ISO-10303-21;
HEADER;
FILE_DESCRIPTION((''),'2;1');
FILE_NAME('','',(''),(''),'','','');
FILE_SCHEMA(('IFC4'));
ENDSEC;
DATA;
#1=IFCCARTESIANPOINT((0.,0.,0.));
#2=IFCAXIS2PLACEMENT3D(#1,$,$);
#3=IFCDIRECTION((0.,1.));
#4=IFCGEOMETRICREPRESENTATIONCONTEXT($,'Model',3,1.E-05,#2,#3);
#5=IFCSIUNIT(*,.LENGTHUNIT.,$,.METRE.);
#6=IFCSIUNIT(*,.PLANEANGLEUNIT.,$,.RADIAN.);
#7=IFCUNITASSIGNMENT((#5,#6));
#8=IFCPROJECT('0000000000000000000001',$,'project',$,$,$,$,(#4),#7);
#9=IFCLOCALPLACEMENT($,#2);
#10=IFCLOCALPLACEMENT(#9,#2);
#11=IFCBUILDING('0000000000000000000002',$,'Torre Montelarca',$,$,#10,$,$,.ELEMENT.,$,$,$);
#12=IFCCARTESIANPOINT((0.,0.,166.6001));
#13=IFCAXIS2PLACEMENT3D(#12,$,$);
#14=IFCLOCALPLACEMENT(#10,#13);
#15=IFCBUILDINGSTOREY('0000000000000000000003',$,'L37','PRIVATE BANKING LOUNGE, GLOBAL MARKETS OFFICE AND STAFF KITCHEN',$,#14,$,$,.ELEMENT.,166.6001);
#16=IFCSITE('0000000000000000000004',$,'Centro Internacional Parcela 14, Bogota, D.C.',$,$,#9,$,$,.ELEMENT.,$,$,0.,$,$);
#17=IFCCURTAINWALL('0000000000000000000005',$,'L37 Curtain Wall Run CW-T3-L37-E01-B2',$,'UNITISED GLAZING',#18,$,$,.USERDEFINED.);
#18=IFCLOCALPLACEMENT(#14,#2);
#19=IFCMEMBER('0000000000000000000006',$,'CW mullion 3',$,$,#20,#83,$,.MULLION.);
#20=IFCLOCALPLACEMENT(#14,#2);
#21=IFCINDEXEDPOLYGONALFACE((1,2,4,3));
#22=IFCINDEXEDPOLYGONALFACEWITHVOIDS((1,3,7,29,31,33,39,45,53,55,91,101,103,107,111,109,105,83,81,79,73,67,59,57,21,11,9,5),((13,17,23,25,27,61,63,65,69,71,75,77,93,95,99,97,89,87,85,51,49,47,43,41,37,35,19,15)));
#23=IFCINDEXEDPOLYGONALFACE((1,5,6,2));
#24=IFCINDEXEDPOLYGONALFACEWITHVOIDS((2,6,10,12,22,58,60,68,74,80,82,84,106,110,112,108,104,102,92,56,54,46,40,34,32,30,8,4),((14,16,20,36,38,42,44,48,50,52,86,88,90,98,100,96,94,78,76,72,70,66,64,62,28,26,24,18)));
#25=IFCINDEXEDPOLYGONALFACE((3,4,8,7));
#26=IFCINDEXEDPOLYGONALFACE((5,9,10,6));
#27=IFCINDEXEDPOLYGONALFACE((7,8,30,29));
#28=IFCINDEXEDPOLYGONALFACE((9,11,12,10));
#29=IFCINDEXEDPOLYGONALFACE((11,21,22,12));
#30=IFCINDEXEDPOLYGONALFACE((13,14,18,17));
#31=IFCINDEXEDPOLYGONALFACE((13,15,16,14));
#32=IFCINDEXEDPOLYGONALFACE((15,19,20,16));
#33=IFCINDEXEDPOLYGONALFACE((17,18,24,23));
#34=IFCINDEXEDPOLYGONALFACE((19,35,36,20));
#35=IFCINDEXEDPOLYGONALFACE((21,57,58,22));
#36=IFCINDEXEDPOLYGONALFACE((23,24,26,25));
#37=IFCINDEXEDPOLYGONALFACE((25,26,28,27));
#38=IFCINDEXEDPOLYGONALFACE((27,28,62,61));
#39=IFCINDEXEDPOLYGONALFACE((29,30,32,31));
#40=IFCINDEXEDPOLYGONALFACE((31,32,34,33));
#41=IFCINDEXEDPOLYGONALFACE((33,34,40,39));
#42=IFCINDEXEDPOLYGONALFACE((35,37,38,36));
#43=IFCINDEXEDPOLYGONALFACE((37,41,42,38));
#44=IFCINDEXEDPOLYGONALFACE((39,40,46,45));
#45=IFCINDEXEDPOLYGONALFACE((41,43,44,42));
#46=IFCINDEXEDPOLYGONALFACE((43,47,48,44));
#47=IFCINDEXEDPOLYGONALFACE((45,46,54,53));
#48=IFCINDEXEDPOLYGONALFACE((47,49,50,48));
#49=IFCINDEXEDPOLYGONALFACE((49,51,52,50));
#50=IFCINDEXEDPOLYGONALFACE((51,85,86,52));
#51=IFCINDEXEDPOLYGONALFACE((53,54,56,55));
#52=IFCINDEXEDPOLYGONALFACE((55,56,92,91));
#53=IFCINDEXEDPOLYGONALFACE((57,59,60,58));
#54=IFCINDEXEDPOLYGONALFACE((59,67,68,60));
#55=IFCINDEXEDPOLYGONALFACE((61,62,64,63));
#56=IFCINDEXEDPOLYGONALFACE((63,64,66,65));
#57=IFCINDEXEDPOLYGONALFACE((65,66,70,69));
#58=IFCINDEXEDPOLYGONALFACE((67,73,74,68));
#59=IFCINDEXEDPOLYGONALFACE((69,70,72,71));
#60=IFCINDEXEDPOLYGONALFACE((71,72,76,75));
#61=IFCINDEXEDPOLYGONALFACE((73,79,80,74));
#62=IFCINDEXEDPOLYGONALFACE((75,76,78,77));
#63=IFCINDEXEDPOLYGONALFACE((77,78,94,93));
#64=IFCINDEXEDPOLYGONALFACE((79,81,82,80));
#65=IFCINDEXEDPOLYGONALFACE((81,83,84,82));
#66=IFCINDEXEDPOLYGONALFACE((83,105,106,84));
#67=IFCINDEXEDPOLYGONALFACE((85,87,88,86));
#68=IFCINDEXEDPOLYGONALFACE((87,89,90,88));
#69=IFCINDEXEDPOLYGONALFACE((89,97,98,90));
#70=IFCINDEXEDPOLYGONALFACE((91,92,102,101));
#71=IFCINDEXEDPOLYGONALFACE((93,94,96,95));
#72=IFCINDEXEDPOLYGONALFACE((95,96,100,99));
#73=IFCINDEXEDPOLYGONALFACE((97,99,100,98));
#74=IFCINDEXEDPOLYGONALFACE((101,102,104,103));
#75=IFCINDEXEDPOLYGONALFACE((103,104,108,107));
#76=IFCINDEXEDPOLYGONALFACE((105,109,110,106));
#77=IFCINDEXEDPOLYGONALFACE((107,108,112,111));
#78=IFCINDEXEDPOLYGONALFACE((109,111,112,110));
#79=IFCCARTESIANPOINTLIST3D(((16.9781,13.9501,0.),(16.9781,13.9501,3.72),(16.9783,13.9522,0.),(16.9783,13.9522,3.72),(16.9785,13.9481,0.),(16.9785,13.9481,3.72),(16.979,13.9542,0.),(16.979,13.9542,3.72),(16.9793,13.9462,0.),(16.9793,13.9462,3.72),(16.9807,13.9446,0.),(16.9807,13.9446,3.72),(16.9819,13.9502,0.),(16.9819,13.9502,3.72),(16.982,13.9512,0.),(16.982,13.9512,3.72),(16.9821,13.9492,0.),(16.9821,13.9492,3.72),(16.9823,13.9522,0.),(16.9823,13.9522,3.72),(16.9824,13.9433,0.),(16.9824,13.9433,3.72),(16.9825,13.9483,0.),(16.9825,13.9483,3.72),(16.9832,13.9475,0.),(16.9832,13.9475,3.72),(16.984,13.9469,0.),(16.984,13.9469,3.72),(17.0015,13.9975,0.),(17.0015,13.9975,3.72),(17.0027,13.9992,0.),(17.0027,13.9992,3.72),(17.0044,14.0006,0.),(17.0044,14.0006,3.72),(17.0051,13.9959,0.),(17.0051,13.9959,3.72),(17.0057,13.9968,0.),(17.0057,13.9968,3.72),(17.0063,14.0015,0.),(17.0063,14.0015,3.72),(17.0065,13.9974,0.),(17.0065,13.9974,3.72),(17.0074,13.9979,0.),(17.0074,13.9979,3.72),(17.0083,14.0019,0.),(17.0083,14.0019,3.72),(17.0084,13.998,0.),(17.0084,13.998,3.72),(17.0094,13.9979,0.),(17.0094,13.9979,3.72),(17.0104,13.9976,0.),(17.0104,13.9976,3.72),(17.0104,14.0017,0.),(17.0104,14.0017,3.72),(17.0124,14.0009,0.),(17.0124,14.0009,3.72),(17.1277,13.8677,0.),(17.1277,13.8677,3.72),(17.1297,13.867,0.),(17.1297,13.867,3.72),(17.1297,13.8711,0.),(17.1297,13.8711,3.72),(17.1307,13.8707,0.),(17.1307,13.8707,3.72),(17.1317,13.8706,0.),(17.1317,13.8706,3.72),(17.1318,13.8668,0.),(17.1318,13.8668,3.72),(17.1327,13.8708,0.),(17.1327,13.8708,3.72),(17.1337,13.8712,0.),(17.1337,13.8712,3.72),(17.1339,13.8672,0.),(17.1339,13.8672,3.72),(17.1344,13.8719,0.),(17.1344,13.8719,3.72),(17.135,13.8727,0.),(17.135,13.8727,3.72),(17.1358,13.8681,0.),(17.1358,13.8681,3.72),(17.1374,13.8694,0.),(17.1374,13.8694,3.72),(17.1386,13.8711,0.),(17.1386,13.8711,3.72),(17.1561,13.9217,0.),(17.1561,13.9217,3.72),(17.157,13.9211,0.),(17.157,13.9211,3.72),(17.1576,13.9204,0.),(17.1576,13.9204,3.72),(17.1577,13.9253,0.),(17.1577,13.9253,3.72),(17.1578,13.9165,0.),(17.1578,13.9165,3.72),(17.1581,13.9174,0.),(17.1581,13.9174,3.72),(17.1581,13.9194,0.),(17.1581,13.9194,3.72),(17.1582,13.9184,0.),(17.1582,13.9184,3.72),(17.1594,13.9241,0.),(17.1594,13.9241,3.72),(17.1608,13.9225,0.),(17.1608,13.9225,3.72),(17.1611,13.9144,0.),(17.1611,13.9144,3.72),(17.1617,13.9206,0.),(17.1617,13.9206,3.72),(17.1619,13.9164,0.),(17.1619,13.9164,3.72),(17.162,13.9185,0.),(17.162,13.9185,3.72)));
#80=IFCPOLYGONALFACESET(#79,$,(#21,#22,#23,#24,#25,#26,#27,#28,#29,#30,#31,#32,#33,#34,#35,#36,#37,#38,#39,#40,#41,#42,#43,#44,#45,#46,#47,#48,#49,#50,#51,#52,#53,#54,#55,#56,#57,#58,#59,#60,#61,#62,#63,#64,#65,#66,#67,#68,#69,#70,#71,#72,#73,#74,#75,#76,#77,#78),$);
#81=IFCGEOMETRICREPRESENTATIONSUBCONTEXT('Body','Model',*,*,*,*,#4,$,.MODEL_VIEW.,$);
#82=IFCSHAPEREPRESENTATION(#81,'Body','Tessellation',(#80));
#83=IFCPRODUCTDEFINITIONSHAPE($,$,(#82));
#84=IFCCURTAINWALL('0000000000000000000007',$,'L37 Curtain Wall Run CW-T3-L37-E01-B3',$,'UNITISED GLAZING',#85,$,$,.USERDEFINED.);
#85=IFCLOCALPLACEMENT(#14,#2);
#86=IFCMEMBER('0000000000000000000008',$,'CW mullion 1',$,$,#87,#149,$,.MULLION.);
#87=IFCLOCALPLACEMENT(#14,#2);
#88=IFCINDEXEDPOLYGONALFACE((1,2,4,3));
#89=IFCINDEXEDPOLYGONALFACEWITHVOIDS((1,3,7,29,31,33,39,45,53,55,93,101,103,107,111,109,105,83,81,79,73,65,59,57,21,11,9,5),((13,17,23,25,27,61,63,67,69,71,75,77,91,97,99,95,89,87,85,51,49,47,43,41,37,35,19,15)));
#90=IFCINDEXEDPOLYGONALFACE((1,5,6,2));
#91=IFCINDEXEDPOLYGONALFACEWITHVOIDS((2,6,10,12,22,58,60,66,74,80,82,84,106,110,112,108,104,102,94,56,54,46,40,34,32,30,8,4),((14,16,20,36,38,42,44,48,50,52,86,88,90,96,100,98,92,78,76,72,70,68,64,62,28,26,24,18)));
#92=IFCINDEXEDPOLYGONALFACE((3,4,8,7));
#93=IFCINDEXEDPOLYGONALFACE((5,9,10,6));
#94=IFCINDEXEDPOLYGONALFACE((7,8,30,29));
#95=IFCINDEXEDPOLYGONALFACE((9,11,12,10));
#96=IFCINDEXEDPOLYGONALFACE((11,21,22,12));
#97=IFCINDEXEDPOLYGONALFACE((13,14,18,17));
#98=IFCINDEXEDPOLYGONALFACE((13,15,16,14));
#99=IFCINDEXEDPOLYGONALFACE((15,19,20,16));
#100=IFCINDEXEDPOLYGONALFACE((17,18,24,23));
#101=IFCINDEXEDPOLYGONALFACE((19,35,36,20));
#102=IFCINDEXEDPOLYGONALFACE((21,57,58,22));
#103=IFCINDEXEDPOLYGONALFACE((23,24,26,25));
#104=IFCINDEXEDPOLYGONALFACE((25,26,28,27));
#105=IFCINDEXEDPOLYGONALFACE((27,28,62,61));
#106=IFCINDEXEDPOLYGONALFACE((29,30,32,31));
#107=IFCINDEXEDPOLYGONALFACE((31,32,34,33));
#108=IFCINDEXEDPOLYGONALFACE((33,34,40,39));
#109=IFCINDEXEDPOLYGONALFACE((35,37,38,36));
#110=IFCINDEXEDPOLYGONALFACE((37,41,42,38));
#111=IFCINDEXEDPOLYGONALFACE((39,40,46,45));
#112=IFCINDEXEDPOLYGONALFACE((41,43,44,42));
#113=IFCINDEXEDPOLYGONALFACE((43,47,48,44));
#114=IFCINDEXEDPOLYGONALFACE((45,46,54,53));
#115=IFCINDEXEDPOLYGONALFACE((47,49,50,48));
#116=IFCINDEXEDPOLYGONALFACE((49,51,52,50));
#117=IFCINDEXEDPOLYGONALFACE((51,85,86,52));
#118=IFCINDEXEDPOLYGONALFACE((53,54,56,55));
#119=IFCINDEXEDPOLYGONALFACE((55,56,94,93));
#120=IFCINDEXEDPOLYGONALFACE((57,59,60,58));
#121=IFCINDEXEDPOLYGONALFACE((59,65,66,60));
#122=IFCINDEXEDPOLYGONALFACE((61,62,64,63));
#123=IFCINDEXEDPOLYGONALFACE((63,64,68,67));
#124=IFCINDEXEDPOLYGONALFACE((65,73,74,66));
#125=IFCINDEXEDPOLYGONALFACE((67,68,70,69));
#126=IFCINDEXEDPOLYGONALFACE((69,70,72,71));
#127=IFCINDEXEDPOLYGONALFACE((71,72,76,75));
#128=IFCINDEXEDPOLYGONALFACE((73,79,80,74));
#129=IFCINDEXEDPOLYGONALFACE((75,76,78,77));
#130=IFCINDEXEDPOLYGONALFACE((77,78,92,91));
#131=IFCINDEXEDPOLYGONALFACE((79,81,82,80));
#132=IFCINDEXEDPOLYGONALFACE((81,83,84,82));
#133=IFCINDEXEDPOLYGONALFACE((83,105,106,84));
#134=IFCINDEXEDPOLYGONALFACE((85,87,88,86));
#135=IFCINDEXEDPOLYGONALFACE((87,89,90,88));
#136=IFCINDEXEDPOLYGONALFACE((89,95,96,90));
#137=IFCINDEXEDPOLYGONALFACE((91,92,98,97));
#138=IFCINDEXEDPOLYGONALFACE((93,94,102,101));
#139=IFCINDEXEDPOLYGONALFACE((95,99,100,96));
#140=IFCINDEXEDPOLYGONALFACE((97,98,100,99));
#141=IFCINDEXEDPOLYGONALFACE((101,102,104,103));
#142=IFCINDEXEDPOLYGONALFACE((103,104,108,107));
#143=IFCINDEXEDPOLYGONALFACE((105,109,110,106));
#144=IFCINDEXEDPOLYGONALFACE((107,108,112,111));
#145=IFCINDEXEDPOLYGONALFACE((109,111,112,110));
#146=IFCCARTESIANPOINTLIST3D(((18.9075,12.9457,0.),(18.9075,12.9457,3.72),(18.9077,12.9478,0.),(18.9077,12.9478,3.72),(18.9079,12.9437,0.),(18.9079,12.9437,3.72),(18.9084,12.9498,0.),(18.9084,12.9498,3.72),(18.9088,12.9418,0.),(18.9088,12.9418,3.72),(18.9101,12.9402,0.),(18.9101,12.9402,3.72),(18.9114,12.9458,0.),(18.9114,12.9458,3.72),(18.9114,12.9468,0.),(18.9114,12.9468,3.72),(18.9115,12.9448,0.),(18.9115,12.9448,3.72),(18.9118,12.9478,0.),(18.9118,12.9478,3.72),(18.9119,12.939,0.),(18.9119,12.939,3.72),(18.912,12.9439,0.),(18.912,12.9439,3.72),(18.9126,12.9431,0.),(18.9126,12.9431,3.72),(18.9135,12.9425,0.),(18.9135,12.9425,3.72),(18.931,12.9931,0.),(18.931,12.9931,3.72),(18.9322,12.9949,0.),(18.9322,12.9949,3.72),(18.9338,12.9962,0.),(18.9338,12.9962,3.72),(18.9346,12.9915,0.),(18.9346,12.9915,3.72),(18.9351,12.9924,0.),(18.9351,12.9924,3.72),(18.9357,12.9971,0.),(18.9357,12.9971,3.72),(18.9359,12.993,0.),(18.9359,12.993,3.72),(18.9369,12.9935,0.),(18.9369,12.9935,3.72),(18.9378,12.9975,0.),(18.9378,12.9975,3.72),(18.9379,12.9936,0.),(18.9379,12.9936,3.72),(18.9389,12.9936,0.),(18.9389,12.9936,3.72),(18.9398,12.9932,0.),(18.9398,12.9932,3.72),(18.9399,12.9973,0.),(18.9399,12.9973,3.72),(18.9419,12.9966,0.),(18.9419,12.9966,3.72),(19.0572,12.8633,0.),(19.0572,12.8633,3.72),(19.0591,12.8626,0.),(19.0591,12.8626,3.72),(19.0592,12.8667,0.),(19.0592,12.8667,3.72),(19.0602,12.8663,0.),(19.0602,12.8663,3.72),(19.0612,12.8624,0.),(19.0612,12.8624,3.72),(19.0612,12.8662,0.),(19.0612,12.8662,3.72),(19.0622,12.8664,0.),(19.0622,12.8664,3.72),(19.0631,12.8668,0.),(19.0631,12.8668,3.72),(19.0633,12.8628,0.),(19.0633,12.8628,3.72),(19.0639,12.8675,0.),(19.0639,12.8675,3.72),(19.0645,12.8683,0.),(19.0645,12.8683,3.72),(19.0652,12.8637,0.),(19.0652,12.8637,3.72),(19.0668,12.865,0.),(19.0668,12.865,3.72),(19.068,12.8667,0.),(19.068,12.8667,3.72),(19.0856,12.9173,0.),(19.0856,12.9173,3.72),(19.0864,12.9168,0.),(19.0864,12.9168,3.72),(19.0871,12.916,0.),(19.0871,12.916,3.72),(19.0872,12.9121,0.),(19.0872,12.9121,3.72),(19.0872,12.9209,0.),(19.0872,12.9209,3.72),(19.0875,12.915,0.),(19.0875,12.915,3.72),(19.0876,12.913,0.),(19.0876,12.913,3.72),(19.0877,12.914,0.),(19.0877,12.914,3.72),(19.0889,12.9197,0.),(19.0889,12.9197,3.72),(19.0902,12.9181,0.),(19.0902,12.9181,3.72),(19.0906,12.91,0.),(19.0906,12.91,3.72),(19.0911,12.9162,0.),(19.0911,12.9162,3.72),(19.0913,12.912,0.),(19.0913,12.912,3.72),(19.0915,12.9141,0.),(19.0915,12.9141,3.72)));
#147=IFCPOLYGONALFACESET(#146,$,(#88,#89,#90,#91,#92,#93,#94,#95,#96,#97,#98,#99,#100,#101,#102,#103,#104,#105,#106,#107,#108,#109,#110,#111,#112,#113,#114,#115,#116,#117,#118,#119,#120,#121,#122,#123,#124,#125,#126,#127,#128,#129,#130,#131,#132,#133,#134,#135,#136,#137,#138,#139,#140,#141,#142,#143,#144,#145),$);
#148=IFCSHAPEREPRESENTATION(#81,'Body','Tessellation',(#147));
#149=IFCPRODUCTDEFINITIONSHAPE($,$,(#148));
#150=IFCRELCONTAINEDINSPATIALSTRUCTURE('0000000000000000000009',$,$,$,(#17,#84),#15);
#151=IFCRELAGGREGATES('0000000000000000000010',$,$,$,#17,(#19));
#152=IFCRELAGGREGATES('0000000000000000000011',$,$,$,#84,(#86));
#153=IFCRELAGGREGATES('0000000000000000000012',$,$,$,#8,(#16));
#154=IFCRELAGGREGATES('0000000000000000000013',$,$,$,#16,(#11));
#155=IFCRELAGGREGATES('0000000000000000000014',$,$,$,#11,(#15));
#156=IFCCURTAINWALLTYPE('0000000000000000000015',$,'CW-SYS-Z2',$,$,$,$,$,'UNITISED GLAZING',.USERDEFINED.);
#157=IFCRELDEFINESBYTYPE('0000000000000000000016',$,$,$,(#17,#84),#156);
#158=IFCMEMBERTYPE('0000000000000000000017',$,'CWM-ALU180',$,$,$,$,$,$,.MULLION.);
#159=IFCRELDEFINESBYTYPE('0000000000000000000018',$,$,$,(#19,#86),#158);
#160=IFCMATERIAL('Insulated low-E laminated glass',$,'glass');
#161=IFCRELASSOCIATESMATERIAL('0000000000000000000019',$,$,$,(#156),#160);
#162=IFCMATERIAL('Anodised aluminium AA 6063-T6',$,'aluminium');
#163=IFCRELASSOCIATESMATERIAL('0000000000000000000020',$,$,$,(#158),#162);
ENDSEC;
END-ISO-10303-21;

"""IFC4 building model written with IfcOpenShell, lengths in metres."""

from ifc_helpers import new_model, si_unit, direction, frame, origin, origin_2d, place, context, subcontext, project, spatial, hollow_rectangle, extrude, source, transform, mapped, material, material_profile, profile_set, type_object, element, aggregate, save


model = new_model("IFC4")

# Units and contexts
model_context = context("Model", 3, precision=1e-05, world=origin(), true_north=direction((0.0, 1.0)))
body_context = subcontext(model_context, "Body", "Model", "MODEL_VIEW")
ifc_project = project(units=[si_unit("LENGTHUNIT", "METRE"), si_unit("PLANEANGLEUNIT", "RADIAN")], contexts=[model_context])

# Site, building, storey
site_placement = place(None, origin())
site = spatial("IfcSite", under=ifc_project, at=site_placement, Name="Centro Internacional Parcela 14, Bogota, D.C.", CompositionType="ELEMENT", RefElevation=0.0)
building_placement = place(site_placement, origin())
building = spatial("IfcBuilding", under=site, at=building_placement, Name="Torre Montelarca", CompositionType="ELEMENT")
storey_placement = place(building_placement, frame((0.0, 0.0, 166.6001)))
storey = spatial("IfcBuildingStorey", under=building, at=storey_placement, Name="L37", Description="PRIVATE BANKING LOUNGE, GLOBAL MARKETS OFFICE AND STAFF KITCHEN", CompositionType="ELEMENT", Elevation=166.6001)

# Curtain walls, members
ifc_material_1 = material(Name="Insulated low-E laminated glass", Category="glass")
curtain_wall_type = type_object("IfcCurtainWallType", Name="CW-SYS-Z2", ElementType="UNITISED GLAZING", PredefinedType="USERDEFINED", material=ifc_material_1)
ifc_material_2 = material(Name="Anodised aluminium AA 6063-T6", Category="aluminium")
ifc_material_profile_1 = material_profile(ifc_material_2, hollow_rectangle(XDim=0.0649, YDim=0.1799, WallThickness=0.0039, InnerFilletRadius=0.0039, OuterFilletRadius=0.0081, at=origin_2d()), Name="ALU65X180X4", Category="aluminium")
ifc_profile_set_1 = profile_set([ifc_material_profile_1], Name="Anodised aluminium AA 6063-T6")
member_type_1 = type_object("IfcMemberType", Name="CWM-ALU180", PredefinedType="MULLION", material=ifc_profile_set_1)
shared_shape_1 = source(origin(), body_context, "Body", "SweptSolid", [
    extrude(hollow_rectangle(XDim=0.0649, YDim=0.1799, WallThickness=0.0039, InnerFilletRadius=0.0039, OuterFilletRadius=0.0081, at=origin_2d()), origin(), (0.0, 0.0, 1.0), 3.72),
])
curtain_wall_1_placement = place(storey_placement, origin())
curtain_wall_1 = element("IfcCurtainWall", 1, at=curtain_wall_1_placement, inside=storey, type_object=curtain_wall_type, Name="L37 Curtain Wall Run CW-T3-L37-E01-B2", ObjectType="UNITISED GLAZING", PredefinedType="USERDEFINED")
member_1_placement = place(storey_placement, frame((17.0701, 13.9343, 0.0), z_axis=(0.0, 0.0, 1.0), x_axis=(0.461753, 0.887009, 0.0)))
member_1 = element("IfcMember", 2, at=member_1_placement, type_object=member_type_1, Name="CW mullion 3", PredefinedType="MULLION", context=body_context, shape_type="MappedRepresentation", body=[
    mapped(shared_shape_1, transform((0.0, 0.0, 0.0), scale=1.0)),
])
curtain_wall_2_placement = place(storey_placement, origin())
curtain_wall_2 = element("IfcCurtainWall", 3, at=curtain_wall_2_placement, inside=storey, type_object=curtain_wall_type, Name="L37 Curtain Wall Run CW-T3-L37-E01-B3", ObjectType="UNITISED GLAZING", PredefinedType="USERDEFINED")
member_2_placement = place(storey_placement, frame((18.9995, 12.9299, 0.0), z_axis=(0.0, 0.0, 1.0), x_axis=(0.461741, 0.887015, 0.0)))
member_2 = element("IfcMember", 4, at=member_2_placement, type_object=member_type_1, Name="CW mullion 1", PredefinedType="MULLION", context=body_context, shape_type="MappedRepresentation", body=[
    mapped(shared_shape_1, transform((0.0, 0.0, 0.0), scale=1.0)),
])

aggregate(curtain_wall_1, [member_1])
aggregate(curtain_wall_2, [member_2])

save(model, "model.ifc")
